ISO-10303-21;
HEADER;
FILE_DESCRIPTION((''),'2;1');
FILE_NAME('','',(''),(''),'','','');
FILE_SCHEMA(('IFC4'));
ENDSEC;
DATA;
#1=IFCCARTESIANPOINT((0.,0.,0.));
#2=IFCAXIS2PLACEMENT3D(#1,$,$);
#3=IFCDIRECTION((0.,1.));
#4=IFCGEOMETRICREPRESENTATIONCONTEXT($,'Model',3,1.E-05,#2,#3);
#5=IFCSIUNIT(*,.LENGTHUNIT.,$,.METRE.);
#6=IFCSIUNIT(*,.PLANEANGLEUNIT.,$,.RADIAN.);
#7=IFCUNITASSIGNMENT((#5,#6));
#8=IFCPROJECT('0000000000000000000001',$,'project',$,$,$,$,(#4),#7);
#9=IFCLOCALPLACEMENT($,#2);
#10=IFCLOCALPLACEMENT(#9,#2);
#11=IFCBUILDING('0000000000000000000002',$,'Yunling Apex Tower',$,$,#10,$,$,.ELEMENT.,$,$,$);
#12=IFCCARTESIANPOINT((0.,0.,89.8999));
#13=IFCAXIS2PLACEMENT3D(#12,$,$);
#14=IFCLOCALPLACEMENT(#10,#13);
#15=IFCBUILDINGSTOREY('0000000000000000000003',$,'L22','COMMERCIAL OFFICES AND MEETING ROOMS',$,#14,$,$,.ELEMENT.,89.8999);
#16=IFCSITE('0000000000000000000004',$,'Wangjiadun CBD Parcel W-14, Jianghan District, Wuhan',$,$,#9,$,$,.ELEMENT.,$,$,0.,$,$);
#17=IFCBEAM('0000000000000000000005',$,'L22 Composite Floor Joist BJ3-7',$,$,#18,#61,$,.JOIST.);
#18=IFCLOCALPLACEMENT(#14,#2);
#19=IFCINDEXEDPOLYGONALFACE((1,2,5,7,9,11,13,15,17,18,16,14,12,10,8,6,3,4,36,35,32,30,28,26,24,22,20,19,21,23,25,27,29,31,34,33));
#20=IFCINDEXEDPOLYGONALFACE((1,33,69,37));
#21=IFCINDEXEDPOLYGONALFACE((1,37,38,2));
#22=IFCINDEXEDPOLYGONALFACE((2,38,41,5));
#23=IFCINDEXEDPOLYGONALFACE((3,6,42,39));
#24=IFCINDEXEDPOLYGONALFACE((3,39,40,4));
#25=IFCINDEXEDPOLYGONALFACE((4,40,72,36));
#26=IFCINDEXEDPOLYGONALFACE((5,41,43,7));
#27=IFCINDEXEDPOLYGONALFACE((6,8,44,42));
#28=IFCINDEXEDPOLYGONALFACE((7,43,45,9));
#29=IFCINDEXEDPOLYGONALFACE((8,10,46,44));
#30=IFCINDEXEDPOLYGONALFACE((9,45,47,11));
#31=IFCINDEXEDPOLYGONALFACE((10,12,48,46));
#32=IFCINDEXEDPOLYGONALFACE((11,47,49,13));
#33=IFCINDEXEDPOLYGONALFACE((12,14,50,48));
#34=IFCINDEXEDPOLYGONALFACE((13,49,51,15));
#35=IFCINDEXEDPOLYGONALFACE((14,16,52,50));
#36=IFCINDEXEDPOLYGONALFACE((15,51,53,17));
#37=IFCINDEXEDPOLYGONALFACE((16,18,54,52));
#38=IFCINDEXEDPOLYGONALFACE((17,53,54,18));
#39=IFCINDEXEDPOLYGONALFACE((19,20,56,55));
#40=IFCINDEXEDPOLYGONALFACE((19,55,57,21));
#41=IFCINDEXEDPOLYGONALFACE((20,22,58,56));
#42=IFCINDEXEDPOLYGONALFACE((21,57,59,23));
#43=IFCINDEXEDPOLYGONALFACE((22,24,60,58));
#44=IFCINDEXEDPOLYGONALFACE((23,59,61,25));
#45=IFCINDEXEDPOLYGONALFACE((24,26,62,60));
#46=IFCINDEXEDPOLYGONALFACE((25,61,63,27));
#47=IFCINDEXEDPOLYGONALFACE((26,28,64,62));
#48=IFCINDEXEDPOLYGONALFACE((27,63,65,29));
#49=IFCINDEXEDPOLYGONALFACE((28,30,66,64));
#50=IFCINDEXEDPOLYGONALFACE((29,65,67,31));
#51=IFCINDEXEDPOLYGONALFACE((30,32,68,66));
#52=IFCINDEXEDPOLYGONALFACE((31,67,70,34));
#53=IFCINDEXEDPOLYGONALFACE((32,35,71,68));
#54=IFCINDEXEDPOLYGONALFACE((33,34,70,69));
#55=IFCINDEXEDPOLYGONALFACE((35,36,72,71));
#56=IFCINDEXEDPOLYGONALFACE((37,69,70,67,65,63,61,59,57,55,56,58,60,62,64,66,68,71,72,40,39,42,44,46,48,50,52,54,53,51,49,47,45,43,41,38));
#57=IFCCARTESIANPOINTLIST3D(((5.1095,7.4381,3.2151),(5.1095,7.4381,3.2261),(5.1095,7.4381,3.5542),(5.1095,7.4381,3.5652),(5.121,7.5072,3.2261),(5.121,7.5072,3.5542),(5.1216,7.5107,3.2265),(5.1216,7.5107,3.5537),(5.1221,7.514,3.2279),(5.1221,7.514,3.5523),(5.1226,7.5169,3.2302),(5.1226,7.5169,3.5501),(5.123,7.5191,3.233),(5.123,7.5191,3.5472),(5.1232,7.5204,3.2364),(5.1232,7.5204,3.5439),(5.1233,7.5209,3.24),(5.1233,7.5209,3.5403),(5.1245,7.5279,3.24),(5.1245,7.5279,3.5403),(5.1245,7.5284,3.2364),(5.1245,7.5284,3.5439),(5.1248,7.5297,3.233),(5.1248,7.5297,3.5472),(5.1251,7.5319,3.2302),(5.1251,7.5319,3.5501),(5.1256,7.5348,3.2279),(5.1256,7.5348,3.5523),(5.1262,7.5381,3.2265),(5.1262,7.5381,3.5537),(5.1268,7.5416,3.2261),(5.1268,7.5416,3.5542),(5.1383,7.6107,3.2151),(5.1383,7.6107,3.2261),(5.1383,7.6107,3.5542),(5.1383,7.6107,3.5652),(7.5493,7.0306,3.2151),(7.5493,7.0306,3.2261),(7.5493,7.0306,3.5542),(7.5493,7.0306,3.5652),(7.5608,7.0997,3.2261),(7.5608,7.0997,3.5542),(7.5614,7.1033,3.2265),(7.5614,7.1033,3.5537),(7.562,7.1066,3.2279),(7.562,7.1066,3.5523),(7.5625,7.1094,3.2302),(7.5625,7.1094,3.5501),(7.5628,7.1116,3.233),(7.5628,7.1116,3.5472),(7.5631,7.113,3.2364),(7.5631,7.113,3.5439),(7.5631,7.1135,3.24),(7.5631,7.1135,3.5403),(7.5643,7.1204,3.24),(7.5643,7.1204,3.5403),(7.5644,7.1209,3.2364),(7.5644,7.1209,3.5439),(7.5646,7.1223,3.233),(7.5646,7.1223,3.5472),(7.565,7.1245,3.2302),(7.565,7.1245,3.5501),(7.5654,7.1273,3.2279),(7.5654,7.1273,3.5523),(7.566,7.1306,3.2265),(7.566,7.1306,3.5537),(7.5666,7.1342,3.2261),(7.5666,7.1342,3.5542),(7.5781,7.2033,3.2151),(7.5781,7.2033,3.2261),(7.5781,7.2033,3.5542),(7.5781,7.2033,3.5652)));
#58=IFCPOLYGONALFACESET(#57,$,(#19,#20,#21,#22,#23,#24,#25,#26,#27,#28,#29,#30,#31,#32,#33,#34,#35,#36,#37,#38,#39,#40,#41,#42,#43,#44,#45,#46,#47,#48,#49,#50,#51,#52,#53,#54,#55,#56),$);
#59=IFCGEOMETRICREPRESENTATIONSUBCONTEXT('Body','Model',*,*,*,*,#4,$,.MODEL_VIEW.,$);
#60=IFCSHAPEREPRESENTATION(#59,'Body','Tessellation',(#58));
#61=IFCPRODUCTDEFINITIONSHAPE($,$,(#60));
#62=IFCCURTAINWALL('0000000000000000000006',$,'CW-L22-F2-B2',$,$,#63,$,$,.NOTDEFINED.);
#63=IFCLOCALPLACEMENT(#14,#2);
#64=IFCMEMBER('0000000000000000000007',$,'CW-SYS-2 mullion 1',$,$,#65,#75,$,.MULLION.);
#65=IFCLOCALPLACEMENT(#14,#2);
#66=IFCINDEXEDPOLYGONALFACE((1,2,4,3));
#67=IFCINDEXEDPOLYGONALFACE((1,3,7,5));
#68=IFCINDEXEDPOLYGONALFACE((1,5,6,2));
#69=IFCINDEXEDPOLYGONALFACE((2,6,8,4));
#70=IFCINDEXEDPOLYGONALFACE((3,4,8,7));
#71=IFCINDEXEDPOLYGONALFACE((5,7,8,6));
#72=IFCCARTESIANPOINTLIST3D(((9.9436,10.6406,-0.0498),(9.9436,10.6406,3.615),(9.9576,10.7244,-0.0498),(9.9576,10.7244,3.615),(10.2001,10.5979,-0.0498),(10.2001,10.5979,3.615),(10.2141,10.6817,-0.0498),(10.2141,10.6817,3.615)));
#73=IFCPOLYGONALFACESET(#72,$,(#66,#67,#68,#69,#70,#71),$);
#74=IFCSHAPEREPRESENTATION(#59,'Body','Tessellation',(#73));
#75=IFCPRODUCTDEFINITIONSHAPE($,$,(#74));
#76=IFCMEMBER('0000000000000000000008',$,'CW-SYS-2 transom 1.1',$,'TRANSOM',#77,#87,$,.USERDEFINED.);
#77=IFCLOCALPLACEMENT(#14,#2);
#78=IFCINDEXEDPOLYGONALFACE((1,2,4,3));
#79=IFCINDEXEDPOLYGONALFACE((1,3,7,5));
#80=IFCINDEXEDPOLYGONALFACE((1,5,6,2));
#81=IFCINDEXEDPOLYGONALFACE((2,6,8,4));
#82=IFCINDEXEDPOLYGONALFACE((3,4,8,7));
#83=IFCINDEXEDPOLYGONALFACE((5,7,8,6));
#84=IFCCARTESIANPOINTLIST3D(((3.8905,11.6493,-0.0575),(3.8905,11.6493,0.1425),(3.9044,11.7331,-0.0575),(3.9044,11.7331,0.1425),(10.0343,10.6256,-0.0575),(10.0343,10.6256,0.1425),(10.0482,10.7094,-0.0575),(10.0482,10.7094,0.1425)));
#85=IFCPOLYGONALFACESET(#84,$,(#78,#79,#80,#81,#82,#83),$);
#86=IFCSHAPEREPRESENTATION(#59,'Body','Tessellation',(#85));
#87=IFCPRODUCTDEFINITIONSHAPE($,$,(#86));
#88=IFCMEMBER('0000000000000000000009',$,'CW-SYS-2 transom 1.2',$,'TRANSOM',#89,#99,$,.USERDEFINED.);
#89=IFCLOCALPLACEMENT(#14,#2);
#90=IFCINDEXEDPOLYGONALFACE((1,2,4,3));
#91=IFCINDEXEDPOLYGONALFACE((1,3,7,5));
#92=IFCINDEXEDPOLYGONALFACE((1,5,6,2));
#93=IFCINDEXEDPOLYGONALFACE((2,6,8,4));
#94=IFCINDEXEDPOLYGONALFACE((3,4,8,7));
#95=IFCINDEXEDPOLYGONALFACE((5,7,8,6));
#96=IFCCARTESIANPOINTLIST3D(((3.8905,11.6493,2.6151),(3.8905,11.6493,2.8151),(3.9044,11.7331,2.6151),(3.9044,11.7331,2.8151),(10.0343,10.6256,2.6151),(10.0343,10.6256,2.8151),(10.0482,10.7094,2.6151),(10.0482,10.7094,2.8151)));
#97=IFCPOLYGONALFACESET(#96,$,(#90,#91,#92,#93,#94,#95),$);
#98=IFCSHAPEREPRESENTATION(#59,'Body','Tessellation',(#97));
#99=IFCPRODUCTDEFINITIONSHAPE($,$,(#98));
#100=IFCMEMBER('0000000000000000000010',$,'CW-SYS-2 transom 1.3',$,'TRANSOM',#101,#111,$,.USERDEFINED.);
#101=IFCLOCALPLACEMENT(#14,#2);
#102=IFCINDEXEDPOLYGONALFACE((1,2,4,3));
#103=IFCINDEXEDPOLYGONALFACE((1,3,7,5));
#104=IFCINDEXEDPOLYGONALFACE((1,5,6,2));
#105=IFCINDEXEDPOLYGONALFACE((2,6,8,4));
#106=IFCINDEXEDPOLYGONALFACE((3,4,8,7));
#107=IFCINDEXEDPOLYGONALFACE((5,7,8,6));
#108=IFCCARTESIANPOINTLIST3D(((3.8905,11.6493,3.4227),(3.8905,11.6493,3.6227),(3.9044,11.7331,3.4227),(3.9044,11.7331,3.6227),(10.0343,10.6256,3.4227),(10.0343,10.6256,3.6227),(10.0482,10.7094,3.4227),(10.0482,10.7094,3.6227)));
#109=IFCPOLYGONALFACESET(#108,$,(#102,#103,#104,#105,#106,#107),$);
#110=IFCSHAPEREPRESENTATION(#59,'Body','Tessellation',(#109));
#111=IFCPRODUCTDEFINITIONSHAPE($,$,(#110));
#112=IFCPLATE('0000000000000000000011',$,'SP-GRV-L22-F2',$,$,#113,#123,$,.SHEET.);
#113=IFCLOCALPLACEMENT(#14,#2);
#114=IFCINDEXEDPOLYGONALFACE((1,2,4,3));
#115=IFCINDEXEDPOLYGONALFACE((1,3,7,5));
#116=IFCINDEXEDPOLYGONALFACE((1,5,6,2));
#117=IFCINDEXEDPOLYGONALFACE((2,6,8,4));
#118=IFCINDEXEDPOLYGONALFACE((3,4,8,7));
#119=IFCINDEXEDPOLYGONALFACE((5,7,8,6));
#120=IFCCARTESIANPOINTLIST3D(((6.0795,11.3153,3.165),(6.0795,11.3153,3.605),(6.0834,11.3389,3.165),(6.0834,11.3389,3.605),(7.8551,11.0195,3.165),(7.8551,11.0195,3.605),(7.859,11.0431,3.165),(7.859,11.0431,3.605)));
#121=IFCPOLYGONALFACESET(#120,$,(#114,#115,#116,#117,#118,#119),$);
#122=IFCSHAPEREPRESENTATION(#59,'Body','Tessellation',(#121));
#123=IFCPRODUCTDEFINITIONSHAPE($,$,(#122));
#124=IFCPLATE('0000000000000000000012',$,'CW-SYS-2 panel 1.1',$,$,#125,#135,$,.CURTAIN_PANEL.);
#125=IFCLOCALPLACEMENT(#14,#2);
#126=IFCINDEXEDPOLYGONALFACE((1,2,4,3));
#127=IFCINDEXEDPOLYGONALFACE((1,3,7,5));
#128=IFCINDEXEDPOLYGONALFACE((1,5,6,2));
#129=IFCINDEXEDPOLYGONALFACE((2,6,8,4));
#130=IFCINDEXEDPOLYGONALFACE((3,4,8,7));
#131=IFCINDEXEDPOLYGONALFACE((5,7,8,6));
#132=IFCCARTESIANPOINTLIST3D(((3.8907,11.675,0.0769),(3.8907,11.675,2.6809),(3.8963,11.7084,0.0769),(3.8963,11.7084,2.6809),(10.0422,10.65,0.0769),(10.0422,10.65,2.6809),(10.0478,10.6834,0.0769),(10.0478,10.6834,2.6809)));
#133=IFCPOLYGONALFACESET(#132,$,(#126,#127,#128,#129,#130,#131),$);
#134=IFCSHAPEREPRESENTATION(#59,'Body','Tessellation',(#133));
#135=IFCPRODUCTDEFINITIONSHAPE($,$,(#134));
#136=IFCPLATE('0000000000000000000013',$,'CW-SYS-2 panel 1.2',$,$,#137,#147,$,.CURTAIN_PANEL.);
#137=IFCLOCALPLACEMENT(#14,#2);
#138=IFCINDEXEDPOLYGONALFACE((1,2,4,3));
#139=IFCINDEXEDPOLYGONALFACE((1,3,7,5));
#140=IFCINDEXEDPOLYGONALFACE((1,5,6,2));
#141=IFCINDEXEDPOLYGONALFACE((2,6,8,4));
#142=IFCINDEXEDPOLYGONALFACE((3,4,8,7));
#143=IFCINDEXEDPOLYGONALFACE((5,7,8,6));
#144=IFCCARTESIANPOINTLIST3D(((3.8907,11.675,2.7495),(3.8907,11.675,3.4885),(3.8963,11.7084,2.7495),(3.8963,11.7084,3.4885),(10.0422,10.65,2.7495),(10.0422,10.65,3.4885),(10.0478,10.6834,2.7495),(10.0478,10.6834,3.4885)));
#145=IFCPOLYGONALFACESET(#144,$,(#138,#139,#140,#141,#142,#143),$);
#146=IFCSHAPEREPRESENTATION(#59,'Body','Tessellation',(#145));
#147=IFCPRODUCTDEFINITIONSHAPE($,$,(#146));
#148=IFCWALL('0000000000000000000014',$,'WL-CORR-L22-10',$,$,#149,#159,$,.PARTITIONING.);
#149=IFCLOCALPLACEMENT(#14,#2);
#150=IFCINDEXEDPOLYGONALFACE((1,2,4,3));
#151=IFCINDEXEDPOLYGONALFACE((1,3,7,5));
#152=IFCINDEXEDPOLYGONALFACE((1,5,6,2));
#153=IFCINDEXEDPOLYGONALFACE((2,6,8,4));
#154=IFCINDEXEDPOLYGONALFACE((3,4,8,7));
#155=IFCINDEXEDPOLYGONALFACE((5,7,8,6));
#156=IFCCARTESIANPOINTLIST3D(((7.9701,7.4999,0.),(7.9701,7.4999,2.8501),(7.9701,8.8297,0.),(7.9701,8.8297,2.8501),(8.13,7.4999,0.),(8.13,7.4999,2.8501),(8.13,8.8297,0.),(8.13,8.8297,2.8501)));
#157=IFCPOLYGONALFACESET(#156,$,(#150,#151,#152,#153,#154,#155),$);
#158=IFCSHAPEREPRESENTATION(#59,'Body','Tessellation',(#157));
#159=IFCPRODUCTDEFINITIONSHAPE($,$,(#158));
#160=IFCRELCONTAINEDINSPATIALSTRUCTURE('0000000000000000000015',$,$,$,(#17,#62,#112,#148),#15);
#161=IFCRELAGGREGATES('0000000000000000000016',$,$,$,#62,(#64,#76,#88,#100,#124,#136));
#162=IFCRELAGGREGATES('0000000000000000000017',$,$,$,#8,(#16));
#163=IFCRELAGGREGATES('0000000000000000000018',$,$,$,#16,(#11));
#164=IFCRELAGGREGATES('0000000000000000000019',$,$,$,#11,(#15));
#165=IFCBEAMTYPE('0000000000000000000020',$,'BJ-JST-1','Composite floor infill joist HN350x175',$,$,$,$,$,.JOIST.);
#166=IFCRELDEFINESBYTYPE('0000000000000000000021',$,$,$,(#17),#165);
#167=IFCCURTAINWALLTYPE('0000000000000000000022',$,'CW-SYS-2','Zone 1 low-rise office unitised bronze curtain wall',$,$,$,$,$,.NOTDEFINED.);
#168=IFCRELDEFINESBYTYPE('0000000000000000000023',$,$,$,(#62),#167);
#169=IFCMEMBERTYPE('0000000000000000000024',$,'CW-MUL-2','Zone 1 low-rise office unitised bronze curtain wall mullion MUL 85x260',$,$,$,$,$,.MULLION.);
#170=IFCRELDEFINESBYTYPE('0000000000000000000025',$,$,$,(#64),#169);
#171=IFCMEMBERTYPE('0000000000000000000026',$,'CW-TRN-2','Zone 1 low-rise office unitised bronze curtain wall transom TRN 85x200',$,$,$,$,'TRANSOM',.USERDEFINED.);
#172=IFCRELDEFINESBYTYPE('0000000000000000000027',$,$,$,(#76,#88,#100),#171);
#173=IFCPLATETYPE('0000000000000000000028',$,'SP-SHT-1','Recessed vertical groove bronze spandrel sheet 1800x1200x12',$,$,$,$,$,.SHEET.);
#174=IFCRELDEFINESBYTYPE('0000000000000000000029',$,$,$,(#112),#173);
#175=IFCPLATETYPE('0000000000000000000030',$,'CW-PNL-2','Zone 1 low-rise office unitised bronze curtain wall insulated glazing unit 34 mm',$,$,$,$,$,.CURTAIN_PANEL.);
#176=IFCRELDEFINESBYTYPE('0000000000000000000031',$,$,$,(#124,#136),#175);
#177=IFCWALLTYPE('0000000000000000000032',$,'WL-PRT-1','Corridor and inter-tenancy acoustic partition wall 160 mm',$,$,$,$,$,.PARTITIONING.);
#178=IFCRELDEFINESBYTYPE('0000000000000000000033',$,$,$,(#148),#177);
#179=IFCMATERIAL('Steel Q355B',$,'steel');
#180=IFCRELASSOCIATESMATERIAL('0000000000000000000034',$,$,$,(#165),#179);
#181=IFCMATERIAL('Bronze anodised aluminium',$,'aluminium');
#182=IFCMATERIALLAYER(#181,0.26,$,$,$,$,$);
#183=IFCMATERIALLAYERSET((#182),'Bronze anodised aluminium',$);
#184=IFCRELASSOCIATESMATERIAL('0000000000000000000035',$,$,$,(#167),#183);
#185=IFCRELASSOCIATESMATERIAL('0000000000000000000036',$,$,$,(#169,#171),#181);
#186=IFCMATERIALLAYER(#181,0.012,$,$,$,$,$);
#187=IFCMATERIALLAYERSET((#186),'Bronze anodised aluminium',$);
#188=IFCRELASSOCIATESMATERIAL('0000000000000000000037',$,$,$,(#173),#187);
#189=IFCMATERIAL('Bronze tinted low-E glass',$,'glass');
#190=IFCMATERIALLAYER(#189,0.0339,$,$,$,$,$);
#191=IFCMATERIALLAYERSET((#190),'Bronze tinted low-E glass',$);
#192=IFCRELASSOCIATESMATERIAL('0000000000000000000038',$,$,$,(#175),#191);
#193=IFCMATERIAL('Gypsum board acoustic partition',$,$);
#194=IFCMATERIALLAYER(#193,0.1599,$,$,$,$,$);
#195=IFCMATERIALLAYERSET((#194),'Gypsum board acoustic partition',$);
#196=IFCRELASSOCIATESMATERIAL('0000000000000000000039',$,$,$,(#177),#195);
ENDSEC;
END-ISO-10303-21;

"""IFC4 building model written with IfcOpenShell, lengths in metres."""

from ifc_helpers import new_model, si_unit, direction, frame, frame_2d, origin, origin_2d, place, context, subcontext, project, spatial, rectangle, i_section, extrude, source, transform, mapped, material, layer, layer_set, material_profile, profile_set, type_object, element, aggregate, save


model = new_model("IFC4")

# Units and contexts
model_context = context("Model", 3, precision=1e-05, world=origin(), true_north=direction((0.0, 1.0)))
body_context = subcontext(model_context, "Body", "Model", "MODEL_VIEW")
ifc_project = project(units=[si_unit("LENGTHUNIT", "METRE"), si_unit("PLANEANGLEUNIT", "RADIAN")], contexts=[model_context])

# Site, building, storey
site_placement = place(None, origin())
site = spatial("IfcSite", under=ifc_project, at=site_placement, Name="Wangjiadun CBD Parcel W-14, Jianghan District, Wuhan", CompositionType="ELEMENT", RefElevation=0.0)
building_placement = place(site_placement, origin())
building = spatial("IfcBuilding", under=site, at=building_placement, Name="Yunling Apex Tower", CompositionType="ELEMENT")
storey_placement = place(building_placement, frame((0.0, 0.0, 89.8999)))
storey = spatial("IfcBuildingStorey", under=building, at=storey_placement, Name="L22", Description="COMMERCIAL OFFICES AND MEETING ROOMS", CompositionType="ELEMENT", Elevation=89.8999)

# Beam
ifc_material_1 = material(Name="Steel Q355B", Category="steel")
ifc_material_profile_1 = material_profile(ifc_material_1, i_section(OverallWidth=0.175, OverallDepth=0.3501, WebThickness=0.0071, FlangeThickness=0.011, FilletRadius=0.0139, at=origin_2d()))
ifc_profile_set_1 = profile_set([ifc_material_profile_1], Name="Steel Q355B")
beam_type_1 = type_object("IfcBeamType", Name="BJ-JST-1", Description="Composite floor infill joist HN350x175", PredefinedType="JOIST", material=ifc_profile_set_1)
shared_shape_1 = source(origin(), body_context, "Body", "SweptSolid", [
    extrude(i_section(OverallWidth=0.175, OverallDepth=0.3501, WebThickness=0.0071, FlangeThickness=0.011, FilletRadius=0.0139, at=origin_2d()), origin(), (0.0, 0.0, 1.0), 2.4736),
])
beam_1_placement = place(storey_placement, frame((7.5637, 7.1169, 3.3901), z_axis=(-0.986341, 0.164719, 0.0), x_axis=(-0.164719, -0.986341, 0.0)))
element("IfcBeam", 1, at=beam_1_placement, inside=storey, type_object=beam_type_1, Name="L22 Composite Floor Joist BJ3-7", PredefinedType="JOIST", context=body_context, shape_type="MappedRepresentation", body=[
    mapped(shared_shape_1, transform((0.0, 0.0, 0.0), scale=1.0)),
])

# Curtain wall, members
ifc_material_2 = material(Name="Bronze anodised aluminium", Category="aluminium")
ifc_layer_1 = layer(ifc_material_2, 0.26)
ifc_layer_set_1 = layer_set([ifc_layer_1], Name="Bronze anodised aluminium")
curtain_wall_type = type_object("IfcCurtainWallType", Name="CW-SYS-2", Description="Zone 1 low-rise office unitised bronze curtain wall", PredefinedType="NOTDEFINED", material=ifc_layer_set_1)
curtain_wall_placement = place(storey_placement, origin())
curtain_wall = element("IfcCurtainWall", 2, at=curtain_wall_placement, inside=storey, type_object=curtain_wall_type, Name="CW-L22-F2-B2", PredefinedType="NOTDEFINED")
ifc_material_profile_2 = material_profile(ifc_material_2, rectangle(XDim=0.085, YDim=0.26, at=origin_2d()))
ifc_profile_set_2 = profile_set([ifc_material_profile_2], Name="Bronze anodised aluminium")
member_type_1 = type_object("IfcMemberType", Name="CW-MUL-2", Description="Zone 1 low-rise office unitised bronze curtain wall mullion MUL 85x260", PredefinedType="MULLION", material=ifc_profile_set_2)
shared_shape_2 = source(origin(), body_context, "Body", "SweptSolid", [
    extrude(rectangle(XDim=0.085, YDim=0.26, at=origin_2d()), origin(), (0.0, 0.0, 1.0), 3.6648),
])
member_1_placement = place(storey_placement, frame((10.0789, 10.6611, -0.0498), z_axis=(0.0, 0.0, 1.0), x_axis=(-0.164356, -0.986401, 0.0)))
member_1 = element("IfcMember", 3, at=member_1_placement, type_object=member_type_1, Name="CW-SYS-2 mullion 1", PredefinedType="MULLION", context=body_context, shape_type="MappedRepresentation", body=[
    mapped(shared_shape_2, transform((0.0, 0.0, 0.0), scale=1.0)),
])
ifc_material_profile_3 = material_profile(ifc_material_2, rectangle(XDim=0.085, YDim=0.2, at=origin_2d()))
ifc_profile_set_3 = profile_set([ifc_material_profile_3], Name="Bronze anodised aluminium")
member_type_2 = type_object("IfcMemberType", Name="CW-TRN-2", Description="Zone 1 low-rise office unitised bronze curtain wall transom TRN 85x200", ElementType="TRANSOM", PredefinedType="USERDEFINED", material=ifc_profile_set_3)
shared_shape_3 = source(origin(), body_context, "Body", "SweptSolid", [
    extrude(rectangle(XDim=0.085, YDim=0.2, at=origin_2d()), origin(), (0.0, 0.0, 1.0), 6.2285),
])
member_2_placement = place(storey_placement, frame((10.0413, 10.6675, 0.0425), z_axis=(-0.986401, 0.164354, 0.0), x_axis=(-0.164354, -0.986401, 0.0)))
member_2 = element("IfcMember", 4, at=member_2_placement, type_object=member_type_2, Name="CW-SYS-2 transom 1.1", ObjectType="TRANSOM", PredefinedType="USERDEFINED", context=body_context, shape_type="MappedRepresentation", body=[
    mapped(shared_shape_3, transform((0.0, 0.0, 0.0), scale=1.0)),
])
member_3_placement = place(storey_placement, frame((10.0413, 10.6675, 2.7151), z_axis=(-0.986401, 0.164354, 0.0), x_axis=(-0.164354, -0.986401, 0.0)))
member_3 = element("IfcMember", 5, at=member_3_placement, type_object=member_type_2, Name="CW-SYS-2 transom 1.2", ObjectType="TRANSOM", PredefinedType="USERDEFINED", context=body_context, shape_type="MappedRepresentation", body=[
    mapped(shared_shape_3, transform((0.0, 0.0, 0.0), scale=1.0)),
])
member_4_placement = place(storey_placement, frame((10.0413, 10.6675, 3.5227), z_axis=(-0.986401, 0.164354, 0.0), x_axis=(-0.164354, -0.986401, 0.0)))
member_4 = element("IfcMember", 6, at=member_4_placement, type_object=member_type_2, Name="CW-SYS-2 transom 1.3", ObjectType="TRANSOM", PredefinedType="USERDEFINED", context=body_context, shape_type="MappedRepresentation", body=[
    mapped(shared_shape_3, transform((0.0, 0.0, 0.0), scale=1.0)),
])

# Plates
ifc_layer_2 = layer(ifc_material_2, 0.012)
ifc_layer_set_2 = layer_set([ifc_layer_2], Name="Bronze anodised aluminium")
plate_type_1 = type_object("IfcPlateType", Name="SP-SHT-1", Description="Recessed vertical groove bronze spandrel sheet 1800x1200x12", PredefinedType="SHEET", material=ifc_layer_set_2)
shared_shape_4 = source(origin(), body_context, "Body", "SweptSolid", [
    extrude(rectangle(XDim=1.8, YDim=0.0239, at=origin_2d()), origin(), (0.0, 0.0, 1.0), 0.4399),
])
plate_1_placement = place(storey_placement, frame((6.9692, 11.1792, 3.165), z_axis=(0.0, 0.0, 1.0), x_axis=(-0.986401, 0.164359, 0.0)))
element("IfcPlate", 7, at=plate_1_placement, inside=storey, type_object=plate_type_1, Name="SP-GRV-L22-F2", PredefinedType="SHEET", context=body_context, shape_type="MappedRepresentation", body=[
    mapped(shared_shape_4, transform((0.0, 0.0, 0.0), scale=1.0)),
])
ifc_material_3 = material(Name="Bronze tinted low-E glass", Category="glass")
ifc_layer_3 = layer(ifc_material_3, 0.0339)
ifc_layer_set_3 = layer_set([ifc_layer_3], Name="Bronze tinted low-E glass")
plate_type_2 = type_object("IfcPlateType", Name="CW-PNL-2", Description="Zone 1 low-rise office unitised bronze curtain wall insulated glazing unit 34 mm", PredefinedType="CURTAIN_PANEL", material=ifc_layer_set_3)
shared_shape_5 = source(origin(), body_context, "Body", "SweptSolid", [
    extrude(rectangle(XDim=6.2363, YDim=0.0339, at=origin_2d()), origin(), (0.0, 0.0, 1.0), 2.604),
])
plate_2_placement = place(storey_placement, frame((6.9692, 11.1792, 0.0769), z_axis=(0.0, 0.0, 1.0), x_axis=(-0.986401, 0.164356, 0.0)))
plate_2 = element("IfcPlate", 8, at=plate_2_placement, type_object=plate_type_2, Name="CW-SYS-2 panel 1.1", PredefinedType="CURTAIN_PANEL", context=body_context, shape_type="MappedRepresentation", body=[
    mapped(shared_shape_5, transform((0.0, 0.0, 0.0), scale=1.0)),
])
shared_shape_6 = source(origin(), body_context, "Body", "SweptSolid", [
    extrude(rectangle(XDim=6.2363, YDim=0.0339, at=origin_2d()), origin(), (0.0, 0.0, 1.0), 0.739),
])
plate_3_placement = place(storey_placement, frame((6.9692, 11.1792, 2.7495), z_axis=(0.0, 0.0, 1.0), x_axis=(-0.986401, 0.164356, 0.0)))
plate_3 = element("IfcPlate", 9, at=plate_3_placement, type_object=plate_type_2, Name="CW-SYS-2 panel 1.2", PredefinedType="CURTAIN_PANEL", context=body_context, shape_type="MappedRepresentation", body=[
    mapped(shared_shape_6, transform((0.0, 0.0, 0.0), scale=1.0)),
])
aggregate(curtain_wall, [member_1, member_2, member_3, member_4, plate_2, plate_3])

# Wall
ifc_material_4 = material(Name="Gypsum board acoustic partition")
ifc_layer_4 = layer(ifc_material_4, 0.1599)
ifc_layer_set_4 = layer_set([ifc_layer_4], Name="Gypsum board acoustic partition")
wall_type_1 = type_object("IfcWallType", Name="WL-PRT-1", Description="Corridor and inter-tenancy acoustic partition wall 160 mm", PredefinedType="PARTITIONING", material=ifc_layer_set_4)
wall_1_placement = place(storey_placement, frame((8.05, 8.8298, 0.0), z_axis=(0.0, 0.0, 1.0), x_axis=(0.0, -1.0, 0.0)))
element("IfcWall", 10, at=wall_1_placement, inside=storey, type_object=wall_type_1, Name="WL-CORR-L22-10", PredefinedType="PARTITIONING", context=body_context, shape_type="SweptSolid", body=[
    extrude(rectangle(XDim=1.3298, YDim=0.1599, at=frame_2d((0.665, 0.0))), origin(), (0.0, 0.0, 1.0), 2.8501),
])

save(model, "model.ifc")
